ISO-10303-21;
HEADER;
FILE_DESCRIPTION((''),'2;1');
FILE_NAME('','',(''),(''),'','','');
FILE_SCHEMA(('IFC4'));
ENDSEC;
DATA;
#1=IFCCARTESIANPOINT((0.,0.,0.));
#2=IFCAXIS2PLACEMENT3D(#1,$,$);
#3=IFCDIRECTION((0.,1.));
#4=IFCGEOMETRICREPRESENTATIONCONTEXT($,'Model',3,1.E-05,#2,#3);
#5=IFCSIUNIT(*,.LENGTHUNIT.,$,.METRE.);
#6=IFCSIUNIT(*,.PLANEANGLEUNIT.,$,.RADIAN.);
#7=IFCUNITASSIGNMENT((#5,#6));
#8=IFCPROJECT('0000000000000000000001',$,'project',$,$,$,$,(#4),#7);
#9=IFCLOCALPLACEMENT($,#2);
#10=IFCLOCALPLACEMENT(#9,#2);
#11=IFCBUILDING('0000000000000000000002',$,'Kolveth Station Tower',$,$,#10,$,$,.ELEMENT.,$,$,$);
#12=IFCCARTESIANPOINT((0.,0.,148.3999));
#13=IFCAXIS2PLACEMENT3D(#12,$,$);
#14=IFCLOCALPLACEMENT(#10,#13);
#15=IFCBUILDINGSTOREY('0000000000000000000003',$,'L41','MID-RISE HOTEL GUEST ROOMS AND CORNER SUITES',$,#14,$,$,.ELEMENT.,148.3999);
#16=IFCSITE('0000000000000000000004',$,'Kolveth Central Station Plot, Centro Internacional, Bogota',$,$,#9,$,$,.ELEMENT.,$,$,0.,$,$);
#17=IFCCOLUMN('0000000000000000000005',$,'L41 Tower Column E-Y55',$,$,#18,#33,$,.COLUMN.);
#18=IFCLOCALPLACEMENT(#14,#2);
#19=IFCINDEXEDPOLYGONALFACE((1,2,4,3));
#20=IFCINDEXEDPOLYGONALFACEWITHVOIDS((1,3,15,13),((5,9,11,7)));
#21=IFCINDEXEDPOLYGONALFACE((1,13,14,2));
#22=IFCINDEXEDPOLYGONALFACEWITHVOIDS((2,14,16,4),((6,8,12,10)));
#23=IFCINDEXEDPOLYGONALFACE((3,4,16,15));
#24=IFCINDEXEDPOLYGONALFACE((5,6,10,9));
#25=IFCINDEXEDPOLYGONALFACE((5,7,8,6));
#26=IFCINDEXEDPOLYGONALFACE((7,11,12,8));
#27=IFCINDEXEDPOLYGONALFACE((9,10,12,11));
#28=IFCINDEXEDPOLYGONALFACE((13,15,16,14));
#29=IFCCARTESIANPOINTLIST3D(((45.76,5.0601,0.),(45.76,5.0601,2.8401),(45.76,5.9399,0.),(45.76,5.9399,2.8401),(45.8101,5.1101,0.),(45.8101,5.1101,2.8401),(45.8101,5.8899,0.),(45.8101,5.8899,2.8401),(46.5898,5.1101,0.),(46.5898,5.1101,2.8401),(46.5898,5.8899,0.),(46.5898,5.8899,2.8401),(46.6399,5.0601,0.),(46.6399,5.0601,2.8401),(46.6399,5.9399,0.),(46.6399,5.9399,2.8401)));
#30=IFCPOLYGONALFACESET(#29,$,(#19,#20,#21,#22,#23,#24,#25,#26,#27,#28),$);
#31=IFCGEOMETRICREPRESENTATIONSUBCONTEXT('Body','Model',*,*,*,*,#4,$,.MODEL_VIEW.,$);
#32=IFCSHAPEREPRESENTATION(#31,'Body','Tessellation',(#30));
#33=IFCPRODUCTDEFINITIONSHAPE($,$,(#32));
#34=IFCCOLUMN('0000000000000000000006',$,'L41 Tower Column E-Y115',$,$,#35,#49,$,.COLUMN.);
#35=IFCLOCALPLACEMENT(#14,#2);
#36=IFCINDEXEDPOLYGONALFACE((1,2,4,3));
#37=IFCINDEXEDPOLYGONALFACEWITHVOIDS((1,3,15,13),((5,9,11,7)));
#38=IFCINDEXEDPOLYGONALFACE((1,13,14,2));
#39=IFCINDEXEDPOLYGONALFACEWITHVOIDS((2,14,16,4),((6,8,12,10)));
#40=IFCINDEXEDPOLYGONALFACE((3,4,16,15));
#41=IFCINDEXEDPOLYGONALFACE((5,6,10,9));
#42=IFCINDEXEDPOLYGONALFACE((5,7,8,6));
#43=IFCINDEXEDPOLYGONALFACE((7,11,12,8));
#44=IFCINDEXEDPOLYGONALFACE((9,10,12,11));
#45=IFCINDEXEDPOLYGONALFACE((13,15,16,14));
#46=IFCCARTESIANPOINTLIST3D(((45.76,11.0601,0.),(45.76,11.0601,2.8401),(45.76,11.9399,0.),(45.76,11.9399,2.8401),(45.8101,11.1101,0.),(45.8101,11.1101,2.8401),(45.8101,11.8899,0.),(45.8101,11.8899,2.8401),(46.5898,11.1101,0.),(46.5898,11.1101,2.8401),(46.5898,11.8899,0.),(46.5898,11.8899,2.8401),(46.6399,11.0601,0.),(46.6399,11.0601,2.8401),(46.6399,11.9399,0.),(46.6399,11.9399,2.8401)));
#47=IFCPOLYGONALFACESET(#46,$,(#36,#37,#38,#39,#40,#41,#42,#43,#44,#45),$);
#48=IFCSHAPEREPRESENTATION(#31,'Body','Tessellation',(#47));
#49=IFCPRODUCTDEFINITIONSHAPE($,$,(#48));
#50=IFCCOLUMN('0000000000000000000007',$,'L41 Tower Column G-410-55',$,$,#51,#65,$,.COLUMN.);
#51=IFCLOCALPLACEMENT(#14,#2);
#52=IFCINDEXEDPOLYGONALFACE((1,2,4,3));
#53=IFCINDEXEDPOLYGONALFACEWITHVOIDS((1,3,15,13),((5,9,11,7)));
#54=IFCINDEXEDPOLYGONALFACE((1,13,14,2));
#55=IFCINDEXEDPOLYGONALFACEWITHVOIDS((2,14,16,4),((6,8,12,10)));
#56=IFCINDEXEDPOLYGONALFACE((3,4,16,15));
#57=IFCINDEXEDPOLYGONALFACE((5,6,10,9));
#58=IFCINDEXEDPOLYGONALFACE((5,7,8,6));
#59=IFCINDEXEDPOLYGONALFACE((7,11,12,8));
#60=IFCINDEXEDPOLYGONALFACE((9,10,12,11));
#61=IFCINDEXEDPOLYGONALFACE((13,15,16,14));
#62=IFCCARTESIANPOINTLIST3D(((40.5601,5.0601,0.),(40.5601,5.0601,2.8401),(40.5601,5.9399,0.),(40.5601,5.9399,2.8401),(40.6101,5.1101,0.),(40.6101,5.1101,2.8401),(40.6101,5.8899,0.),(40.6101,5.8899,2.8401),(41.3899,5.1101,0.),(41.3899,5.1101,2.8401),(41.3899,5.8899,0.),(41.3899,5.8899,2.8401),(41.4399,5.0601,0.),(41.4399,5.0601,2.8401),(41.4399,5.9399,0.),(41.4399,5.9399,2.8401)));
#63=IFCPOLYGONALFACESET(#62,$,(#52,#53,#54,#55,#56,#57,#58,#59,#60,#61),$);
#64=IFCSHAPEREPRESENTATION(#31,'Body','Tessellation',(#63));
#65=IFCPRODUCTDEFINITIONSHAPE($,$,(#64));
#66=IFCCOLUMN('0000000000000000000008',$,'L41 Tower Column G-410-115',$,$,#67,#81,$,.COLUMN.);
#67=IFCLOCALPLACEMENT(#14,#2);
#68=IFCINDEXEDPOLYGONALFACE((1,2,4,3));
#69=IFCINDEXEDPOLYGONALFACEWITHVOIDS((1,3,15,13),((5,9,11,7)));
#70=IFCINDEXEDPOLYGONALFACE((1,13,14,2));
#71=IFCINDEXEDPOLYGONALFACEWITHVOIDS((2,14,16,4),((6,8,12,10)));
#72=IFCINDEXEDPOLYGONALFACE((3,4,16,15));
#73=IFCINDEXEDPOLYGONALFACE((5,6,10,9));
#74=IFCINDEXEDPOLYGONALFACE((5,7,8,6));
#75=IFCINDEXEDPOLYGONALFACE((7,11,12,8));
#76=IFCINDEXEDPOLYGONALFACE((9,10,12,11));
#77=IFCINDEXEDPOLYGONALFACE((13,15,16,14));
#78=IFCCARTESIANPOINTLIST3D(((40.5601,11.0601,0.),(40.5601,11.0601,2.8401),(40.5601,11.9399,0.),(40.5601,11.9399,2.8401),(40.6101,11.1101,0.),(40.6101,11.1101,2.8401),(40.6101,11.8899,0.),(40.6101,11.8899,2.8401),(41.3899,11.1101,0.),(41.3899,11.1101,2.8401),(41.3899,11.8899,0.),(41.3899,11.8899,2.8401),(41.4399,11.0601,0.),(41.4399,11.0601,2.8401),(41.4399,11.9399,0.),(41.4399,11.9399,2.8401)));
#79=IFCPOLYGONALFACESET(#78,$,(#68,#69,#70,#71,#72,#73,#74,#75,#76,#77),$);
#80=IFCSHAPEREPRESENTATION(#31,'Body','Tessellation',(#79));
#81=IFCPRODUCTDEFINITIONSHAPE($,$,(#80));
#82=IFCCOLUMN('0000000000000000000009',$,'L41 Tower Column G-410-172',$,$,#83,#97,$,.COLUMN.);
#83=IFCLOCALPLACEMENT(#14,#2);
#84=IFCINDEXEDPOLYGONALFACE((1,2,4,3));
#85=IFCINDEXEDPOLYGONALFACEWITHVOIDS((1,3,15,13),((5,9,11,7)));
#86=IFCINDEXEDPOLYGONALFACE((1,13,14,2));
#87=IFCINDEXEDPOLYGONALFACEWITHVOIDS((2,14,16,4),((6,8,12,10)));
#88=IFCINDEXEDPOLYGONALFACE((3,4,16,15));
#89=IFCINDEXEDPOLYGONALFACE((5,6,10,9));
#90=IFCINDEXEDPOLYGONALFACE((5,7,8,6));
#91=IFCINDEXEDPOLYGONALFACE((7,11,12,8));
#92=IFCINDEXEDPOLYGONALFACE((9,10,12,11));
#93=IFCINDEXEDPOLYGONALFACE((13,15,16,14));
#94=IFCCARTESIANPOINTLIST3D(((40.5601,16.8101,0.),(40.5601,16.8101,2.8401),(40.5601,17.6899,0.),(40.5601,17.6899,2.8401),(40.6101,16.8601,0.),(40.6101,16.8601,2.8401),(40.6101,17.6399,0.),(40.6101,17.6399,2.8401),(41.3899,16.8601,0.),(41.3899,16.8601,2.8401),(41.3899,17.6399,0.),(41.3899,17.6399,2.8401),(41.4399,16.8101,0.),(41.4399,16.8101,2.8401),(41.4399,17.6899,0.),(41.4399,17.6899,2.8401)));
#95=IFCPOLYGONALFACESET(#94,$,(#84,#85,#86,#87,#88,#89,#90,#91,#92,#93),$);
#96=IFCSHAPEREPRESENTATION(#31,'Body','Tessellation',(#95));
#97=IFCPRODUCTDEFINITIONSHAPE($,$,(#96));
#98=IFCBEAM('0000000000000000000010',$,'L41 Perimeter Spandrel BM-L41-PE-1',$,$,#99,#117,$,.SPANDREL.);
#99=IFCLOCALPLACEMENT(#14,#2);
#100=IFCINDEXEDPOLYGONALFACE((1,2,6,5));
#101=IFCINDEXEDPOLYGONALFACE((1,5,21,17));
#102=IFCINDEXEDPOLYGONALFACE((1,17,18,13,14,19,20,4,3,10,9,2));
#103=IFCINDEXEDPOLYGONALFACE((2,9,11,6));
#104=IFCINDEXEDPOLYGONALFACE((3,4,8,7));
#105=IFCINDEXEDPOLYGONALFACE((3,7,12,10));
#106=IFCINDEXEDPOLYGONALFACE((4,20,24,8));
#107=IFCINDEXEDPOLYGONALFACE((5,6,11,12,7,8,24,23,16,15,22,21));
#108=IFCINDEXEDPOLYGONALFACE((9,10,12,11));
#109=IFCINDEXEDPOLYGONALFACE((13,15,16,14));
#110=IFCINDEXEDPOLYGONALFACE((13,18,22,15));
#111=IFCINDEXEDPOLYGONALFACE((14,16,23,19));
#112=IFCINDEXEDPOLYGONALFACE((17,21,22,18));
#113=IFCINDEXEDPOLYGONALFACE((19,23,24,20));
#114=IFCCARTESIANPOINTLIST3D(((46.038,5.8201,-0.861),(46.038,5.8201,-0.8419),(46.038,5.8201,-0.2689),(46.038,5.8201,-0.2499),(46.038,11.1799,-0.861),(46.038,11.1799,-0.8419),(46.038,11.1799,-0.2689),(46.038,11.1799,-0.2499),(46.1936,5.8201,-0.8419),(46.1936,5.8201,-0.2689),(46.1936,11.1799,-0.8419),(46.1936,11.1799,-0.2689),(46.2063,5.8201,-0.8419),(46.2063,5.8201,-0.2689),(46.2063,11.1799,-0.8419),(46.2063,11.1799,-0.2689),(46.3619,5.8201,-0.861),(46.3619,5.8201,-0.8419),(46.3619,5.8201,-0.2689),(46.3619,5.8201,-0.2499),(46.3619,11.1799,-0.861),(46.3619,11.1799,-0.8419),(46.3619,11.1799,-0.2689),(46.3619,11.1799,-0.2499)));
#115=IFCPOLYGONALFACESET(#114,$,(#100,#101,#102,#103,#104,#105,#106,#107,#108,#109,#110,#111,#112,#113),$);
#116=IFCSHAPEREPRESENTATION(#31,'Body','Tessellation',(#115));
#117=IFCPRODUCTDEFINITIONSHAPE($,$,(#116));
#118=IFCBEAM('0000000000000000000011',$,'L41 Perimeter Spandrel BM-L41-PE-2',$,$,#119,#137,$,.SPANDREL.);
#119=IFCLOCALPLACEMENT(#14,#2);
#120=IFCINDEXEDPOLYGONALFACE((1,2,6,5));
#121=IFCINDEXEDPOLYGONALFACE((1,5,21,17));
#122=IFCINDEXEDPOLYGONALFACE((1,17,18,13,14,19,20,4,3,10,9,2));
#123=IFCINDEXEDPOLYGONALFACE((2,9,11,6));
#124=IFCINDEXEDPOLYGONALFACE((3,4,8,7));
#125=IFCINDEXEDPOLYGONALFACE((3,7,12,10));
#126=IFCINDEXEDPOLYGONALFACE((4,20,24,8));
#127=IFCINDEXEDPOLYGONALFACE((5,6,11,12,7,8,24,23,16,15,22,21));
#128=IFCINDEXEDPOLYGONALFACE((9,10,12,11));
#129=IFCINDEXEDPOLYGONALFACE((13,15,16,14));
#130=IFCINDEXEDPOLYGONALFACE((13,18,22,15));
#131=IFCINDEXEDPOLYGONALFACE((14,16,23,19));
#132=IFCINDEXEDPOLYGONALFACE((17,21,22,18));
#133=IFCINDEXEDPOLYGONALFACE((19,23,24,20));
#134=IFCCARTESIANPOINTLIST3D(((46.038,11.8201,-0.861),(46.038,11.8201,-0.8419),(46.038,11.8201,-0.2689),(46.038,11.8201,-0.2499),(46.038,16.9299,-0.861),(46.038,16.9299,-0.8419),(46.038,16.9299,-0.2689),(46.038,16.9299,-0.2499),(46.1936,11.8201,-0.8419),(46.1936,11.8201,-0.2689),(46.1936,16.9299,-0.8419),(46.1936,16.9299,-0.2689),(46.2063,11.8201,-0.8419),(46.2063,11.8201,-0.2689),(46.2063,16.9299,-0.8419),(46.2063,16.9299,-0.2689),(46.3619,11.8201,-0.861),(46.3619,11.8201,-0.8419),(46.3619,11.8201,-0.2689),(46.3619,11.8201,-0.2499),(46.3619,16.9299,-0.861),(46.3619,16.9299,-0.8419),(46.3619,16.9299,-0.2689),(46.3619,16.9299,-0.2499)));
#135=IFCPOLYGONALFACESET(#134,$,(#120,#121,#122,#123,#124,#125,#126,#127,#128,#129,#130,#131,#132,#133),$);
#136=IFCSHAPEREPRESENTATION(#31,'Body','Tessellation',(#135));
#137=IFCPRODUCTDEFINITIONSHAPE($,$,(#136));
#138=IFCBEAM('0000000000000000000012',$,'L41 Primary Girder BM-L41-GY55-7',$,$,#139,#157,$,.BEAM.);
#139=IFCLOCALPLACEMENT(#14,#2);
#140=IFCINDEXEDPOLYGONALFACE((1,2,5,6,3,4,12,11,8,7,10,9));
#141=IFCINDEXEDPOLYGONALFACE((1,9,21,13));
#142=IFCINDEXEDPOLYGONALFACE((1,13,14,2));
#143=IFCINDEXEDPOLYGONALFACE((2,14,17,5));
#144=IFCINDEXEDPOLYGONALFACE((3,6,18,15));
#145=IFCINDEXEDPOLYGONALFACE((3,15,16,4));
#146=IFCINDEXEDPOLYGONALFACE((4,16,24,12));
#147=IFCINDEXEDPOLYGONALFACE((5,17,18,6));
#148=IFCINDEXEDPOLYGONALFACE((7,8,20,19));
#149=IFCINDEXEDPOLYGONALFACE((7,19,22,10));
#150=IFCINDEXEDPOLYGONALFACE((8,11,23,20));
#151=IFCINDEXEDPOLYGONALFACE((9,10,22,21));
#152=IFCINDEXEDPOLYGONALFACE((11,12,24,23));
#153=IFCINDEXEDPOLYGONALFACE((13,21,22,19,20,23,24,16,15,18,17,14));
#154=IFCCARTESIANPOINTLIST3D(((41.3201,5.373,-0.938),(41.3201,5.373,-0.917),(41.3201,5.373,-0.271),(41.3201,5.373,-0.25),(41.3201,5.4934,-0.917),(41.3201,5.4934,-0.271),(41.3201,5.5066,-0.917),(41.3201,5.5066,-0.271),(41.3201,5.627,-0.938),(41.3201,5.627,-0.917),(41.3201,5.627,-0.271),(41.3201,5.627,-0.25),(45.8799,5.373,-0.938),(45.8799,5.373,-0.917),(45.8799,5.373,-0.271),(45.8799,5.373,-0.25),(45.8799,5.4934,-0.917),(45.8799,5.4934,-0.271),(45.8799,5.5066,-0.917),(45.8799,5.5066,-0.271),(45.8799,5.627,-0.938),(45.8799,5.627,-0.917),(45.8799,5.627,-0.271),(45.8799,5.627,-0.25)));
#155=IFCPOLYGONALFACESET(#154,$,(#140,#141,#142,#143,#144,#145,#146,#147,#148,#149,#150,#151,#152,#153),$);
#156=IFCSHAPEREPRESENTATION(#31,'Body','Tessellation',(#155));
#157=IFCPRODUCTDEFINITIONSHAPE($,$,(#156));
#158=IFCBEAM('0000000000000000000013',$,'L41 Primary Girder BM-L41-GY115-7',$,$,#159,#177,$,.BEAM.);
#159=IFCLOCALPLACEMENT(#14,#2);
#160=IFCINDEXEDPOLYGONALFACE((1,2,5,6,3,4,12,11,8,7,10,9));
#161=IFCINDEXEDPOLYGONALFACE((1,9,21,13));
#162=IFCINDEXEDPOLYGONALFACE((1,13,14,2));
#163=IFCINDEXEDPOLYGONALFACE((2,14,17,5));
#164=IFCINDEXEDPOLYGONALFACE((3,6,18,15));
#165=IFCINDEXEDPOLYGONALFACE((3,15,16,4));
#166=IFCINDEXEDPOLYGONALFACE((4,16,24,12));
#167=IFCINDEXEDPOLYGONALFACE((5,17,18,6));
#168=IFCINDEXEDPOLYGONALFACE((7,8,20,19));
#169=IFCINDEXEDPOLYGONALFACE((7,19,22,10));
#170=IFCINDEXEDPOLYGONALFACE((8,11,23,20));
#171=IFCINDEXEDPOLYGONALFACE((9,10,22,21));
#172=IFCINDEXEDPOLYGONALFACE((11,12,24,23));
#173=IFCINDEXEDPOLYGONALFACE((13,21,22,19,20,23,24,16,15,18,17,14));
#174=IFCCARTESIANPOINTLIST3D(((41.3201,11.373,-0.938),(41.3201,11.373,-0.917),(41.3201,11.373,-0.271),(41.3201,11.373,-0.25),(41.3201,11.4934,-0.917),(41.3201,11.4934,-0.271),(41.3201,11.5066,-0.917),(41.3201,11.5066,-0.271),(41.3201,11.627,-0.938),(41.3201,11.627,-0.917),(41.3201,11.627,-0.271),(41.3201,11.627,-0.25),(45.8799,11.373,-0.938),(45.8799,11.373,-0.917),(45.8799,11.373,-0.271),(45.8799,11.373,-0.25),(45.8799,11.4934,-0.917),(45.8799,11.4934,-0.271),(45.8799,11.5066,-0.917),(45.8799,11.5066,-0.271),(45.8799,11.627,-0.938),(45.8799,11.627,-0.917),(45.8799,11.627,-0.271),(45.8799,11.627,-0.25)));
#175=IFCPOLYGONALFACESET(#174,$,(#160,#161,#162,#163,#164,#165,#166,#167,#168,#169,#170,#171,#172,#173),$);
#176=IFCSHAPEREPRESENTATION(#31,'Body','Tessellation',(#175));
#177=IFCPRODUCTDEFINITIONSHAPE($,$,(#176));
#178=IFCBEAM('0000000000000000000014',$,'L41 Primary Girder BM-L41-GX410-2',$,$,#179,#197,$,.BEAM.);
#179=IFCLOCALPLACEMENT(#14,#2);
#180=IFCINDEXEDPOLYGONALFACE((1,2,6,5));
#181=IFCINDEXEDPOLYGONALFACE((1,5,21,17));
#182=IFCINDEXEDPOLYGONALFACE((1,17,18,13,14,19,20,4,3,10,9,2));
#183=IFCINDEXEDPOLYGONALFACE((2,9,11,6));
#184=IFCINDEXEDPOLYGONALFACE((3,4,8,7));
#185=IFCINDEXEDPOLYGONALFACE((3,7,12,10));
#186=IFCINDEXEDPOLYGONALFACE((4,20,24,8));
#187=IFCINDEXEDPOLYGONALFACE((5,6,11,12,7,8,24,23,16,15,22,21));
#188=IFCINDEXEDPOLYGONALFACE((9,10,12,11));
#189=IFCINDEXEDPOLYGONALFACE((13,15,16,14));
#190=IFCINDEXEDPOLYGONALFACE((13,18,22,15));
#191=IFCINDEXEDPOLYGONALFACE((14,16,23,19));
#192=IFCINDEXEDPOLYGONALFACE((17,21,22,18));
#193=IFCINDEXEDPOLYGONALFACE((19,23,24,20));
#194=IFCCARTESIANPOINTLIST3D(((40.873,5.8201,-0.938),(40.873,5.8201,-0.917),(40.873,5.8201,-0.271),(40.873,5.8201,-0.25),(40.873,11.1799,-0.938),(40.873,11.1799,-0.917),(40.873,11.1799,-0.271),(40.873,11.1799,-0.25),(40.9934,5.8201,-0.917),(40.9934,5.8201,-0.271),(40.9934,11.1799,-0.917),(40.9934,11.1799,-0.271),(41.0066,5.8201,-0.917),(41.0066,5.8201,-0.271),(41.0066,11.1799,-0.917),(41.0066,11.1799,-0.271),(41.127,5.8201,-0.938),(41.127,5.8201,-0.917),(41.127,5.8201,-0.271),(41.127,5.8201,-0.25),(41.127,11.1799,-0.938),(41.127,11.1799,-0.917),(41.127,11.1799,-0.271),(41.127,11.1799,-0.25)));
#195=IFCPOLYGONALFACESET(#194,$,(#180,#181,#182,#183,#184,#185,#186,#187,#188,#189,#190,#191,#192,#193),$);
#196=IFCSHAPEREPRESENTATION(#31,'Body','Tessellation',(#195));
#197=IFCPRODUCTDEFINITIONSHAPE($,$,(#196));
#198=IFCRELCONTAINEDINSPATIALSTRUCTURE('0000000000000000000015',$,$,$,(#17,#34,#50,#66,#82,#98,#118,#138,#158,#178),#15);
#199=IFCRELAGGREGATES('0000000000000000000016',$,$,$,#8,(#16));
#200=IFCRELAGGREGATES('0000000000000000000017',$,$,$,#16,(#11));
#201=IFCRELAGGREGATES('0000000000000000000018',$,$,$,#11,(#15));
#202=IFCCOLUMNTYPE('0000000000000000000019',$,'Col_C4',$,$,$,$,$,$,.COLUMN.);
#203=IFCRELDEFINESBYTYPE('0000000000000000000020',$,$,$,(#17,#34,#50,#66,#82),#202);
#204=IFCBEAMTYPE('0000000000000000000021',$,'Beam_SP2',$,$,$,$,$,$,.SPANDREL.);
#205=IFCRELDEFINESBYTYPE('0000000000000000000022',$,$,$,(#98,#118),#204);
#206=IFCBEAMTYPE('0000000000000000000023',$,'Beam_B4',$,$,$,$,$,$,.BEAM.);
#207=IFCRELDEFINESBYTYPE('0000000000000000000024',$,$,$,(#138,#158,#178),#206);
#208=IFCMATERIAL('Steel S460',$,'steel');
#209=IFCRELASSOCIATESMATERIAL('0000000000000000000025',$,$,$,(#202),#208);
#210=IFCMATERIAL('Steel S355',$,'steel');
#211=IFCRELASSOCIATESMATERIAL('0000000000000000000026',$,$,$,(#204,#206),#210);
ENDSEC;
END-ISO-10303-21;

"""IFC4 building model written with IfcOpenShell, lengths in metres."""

from ifc_helpers import new_model, si_unit, direction, frame, origin, origin_2d, place, context, subcontext, project, spatial, hollow_rectangle, i_section, extrude, source, transform, mapped, material, material_profile, profile_set, type_object, element, save


model = new_model("IFC4")

# Units and contexts
model_context = context("Model", 3, precision=1e-05, world=origin(), true_north=direction((0.0, 1.0)))
body_context = subcontext(model_context, "Body", "Model", "MODEL_VIEW")
ifc_project = project(units=[si_unit("LENGTHUNIT", "METRE"), si_unit("PLANEANGLEUNIT", "RADIAN")], contexts=[model_context])

# Site, building, storey
site_placement = place(None, origin())
site = spatial("IfcSite", under=ifc_project, at=site_placement, Name="Kolveth Central Station Plot, Centro Internacional, Bogota", CompositionType="ELEMENT", RefElevation=0.0)
building_placement = place(site_placement, origin())
building = spatial("IfcBuilding", under=site, at=building_placement, Name="Kolveth Station Tower", CompositionType="ELEMENT")
storey_placement = place(building_placement, frame((0.0, 0.0, 148.3999)))
storey = spatial("IfcBuildingStorey", under=building, at=storey_placement, Name="L41", Description="MID-RISE HOTEL GUEST ROOMS AND CORNER SUITES", CompositionType="ELEMENT", Elevation=148.3999)

# Columns
ifc_material_1 = material(Name="Steel S460", Category="steel")
ifc_material_profile_1 = material_profile(ifc_material_1, hollow_rectangle(XDim=0.8799, YDim=0.8799, WallThickness=0.05, at=origin_2d()), Name="BOX880x880x50")
ifc_profile_set_1 = profile_set([ifc_material_profile_1], Name="Steel S460")
column_type = type_object("IfcColumnType", Name="Col_C4", PredefinedType="COLUMN", material=ifc_profile_set_1)
shared_shape_1 = source(origin(), body_context, "Body", "SweptSolid", [
    extrude(hollow_rectangle(XDim=0.8799, YDim=0.8799, WallThickness=0.05, at=origin_2d()), origin(), (0.0, 0.0, 1.0), 2.8401),
])
for number, where, z_axis, x_axis, name in (
    (1, (46.2, 5.5, 0.0), (0.0, 0.0, 1.0), (1.0, 0.0, 0.0), "L41 Tower Column E-Y55"),
    (2, (46.2, 11.5, 0.0), (0.0, 0.0, 1.0), (1.0, 0.0, 0.0), "L41 Tower Column E-Y115"),
    (3, (41.0, 5.5, 0.0), (0.0, 0.0, 1.0), (1.0, 0.0, 0.0), "L41 Tower Column G-410-55"),
    (4, (41.0, 11.5, 0.0), (0.0, 0.0, 1.0), (1.0, 0.0, 0.0), "L41 Tower Column G-410-115"),
    (5, (41.0, 17.25, 0.0), (0.0, 0.0, 1.0), (1.0, 0.0, 0.0), "L41 Tower Column G-410-172"),
):
    element("IfcColumn", number, at=place(storey_placement, frame(where, z_axis=z_axis, x_axis=x_axis)), inside=storey, type_object=column_type, Name=name, PredefinedType="COLUMN", context=body_context, shape_type="MappedRepresentation", body=[
        mapped(shared_shape_1, transform((0.0, 0.0, 0.0), x_axis=(1.0, 0.0, 0.0), y_axis=(0.0, 1.0, 0.0), z_axis=(0.0, 0.0, 1.0), scale=1.0)),
    ])

# Beams
ifc_material_2 = material(Name="Steel S355", Category="steel")
ifc_material_profile_2 = material_profile(ifc_material_2, i_section(OverallWidth=0.324, OverallDepth=0.6111, WebThickness=0.0127, FlangeThickness=0.019, at=origin_2d()), Name="W610x155")
ifc_profile_set_2 = profile_set([ifc_material_profile_2], Name="Steel S355")
beam_type_1 = type_object("IfcBeamType", Name="Beam_SP2", PredefinedType="SPANDREL", material=ifc_profile_set_2)
shared_shape_2 = source(origin(), body_context, "Body", "SweptSolid", [
    extrude(i_section(OverallWidth=0.324, OverallDepth=0.6111, WebThickness=0.0127, FlangeThickness=0.019, at=origin_2d()), origin(), (0.0, 0.0, 1.0), 5.3599),
])
beam_1_placement = place(storey_placement, frame((46.2, 5.8201, -0.5554), z_axis=(0.0, 1.0, 0.0), x_axis=(-1.0, 0.0, 0.0)))
element("IfcBeam", 6, at=beam_1_placement, inside=storey, type_object=beam_type_1, Name="L41 Perimeter Spandrel BM-L41-PE-1", PredefinedType="SPANDREL", context=body_context, shape_type="MappedRepresentation", body=[
    mapped(shared_shape_2, transform((0.0, 0.0, 0.0), x_axis=(1.0, 0.0, 0.0), y_axis=(0.0, 1.0, 0.0), z_axis=(0.0, 0.0, 1.0), scale=1.0)),
])
shared_shape_3 = source(origin(), body_context, "Body", "SweptSolid", [
    extrude(i_section(OverallWidth=0.324, OverallDepth=0.6111, WebThickness=0.0127, FlangeThickness=0.019, at=origin_2d()), origin(), (0.0, 0.0, 1.0), 5.1099),
])
beam_2_placement = place(storey_placement, frame((46.2, 11.8201, -0.5554), z_axis=(0.0, 1.0, 0.0), x_axis=(-1.0, 0.0, 0.0)))
element("IfcBeam", 7, at=beam_2_placement, inside=storey, type_object=beam_type_1, Name="L41 Perimeter Spandrel BM-L41-PE-2", PredefinedType="SPANDREL", context=body_context, shape_type="MappedRepresentation", body=[
    mapped(shared_shape_3, transform((0.0, 0.0, 0.0), x_axis=(1.0, 0.0, 0.0), y_axis=(0.0, 1.0, 0.0), z_axis=(0.0, 0.0, 1.0), scale=1.0)),
])
ifc_material_profile_3 = material_profile(ifc_material_2, i_section(OverallWidth=0.2539, OverallDepth=0.688, WebThickness=0.0132, FlangeThickness=0.021, at=origin_2d()), Name="W690x152")
ifc_profile_set_3 = profile_set([ifc_material_profile_3], Name="Steel S355")
beam_type_2 = type_object("IfcBeamType", Name="Beam_B4", PredefinedType="BEAM", material=ifc_profile_set_3)
shared_shape_4 = source(origin(), body_context, "Body", "SweptSolid", [
    extrude(i_section(OverallWidth=0.2539, OverallDepth=0.688, WebThickness=0.0132, FlangeThickness=0.021, at=origin_2d()), origin(), (0.0, 0.0, 1.0), 4.5598),
])
for number, where, z_axis, x_axis, name in (
    (8, (41.3201, 5.5, -0.594), (1.0, 0.0, 0.0), (0.0, 1.0, 0.0), "L41 Primary Girder BM-L41-GY55-7"),
    (9, (41.3201, 11.5, -0.594), (1.0, 0.0, 0.0), (0.0, 1.0, 0.0), "L41 Primary Girder BM-L41-GY115-7"),
):
    element("IfcBeam", number, at=place(storey_placement, frame(where, z_axis=z_axis, x_axis=x_axis)), inside=storey, type_object=beam_type_2, Name=name, PredefinedType="BEAM", context=body_context, shape_type="MappedRepresentation", body=[
        mapped(shared_shape_4, transform((0.0, 0.0, 0.0), x_axis=(1.0, 0.0, 0.0), y_axis=(0.0, 1.0, 0.0), z_axis=(0.0, 0.0, 1.0), scale=1.0)),
    ])
shared_shape_5 = source(origin(), body_context, "Body", "SweptSolid", [
    extrude(i_section(OverallWidth=0.2539, OverallDepth=0.688, WebThickness=0.0132, FlangeThickness=0.021, at=origin_2d()), origin(), (0.0, 0.0, 1.0), 5.3599),
])
beam_3_placement = place(storey_placement, frame((41.0, 5.8201, -0.594), z_axis=(0.0, 1.0, 0.0), x_axis=(-1.0, 0.0, 0.0)))
element("IfcBeam", 10, at=beam_3_placement, inside=storey, type_object=beam_type_2, Name="L41 Primary Girder BM-L41-GX410-2", PredefinedType="BEAM", context=body_context, shape_type="MappedRepresentation", body=[
    mapped(shared_shape_5, transform((0.0, 0.0, 0.0), x_axis=(1.0, 0.0, 0.0), y_axis=(0.0, 1.0, 0.0), z_axis=(0.0, 0.0, 1.0), scale=1.0)),
])

save(model, "model.ifc")
